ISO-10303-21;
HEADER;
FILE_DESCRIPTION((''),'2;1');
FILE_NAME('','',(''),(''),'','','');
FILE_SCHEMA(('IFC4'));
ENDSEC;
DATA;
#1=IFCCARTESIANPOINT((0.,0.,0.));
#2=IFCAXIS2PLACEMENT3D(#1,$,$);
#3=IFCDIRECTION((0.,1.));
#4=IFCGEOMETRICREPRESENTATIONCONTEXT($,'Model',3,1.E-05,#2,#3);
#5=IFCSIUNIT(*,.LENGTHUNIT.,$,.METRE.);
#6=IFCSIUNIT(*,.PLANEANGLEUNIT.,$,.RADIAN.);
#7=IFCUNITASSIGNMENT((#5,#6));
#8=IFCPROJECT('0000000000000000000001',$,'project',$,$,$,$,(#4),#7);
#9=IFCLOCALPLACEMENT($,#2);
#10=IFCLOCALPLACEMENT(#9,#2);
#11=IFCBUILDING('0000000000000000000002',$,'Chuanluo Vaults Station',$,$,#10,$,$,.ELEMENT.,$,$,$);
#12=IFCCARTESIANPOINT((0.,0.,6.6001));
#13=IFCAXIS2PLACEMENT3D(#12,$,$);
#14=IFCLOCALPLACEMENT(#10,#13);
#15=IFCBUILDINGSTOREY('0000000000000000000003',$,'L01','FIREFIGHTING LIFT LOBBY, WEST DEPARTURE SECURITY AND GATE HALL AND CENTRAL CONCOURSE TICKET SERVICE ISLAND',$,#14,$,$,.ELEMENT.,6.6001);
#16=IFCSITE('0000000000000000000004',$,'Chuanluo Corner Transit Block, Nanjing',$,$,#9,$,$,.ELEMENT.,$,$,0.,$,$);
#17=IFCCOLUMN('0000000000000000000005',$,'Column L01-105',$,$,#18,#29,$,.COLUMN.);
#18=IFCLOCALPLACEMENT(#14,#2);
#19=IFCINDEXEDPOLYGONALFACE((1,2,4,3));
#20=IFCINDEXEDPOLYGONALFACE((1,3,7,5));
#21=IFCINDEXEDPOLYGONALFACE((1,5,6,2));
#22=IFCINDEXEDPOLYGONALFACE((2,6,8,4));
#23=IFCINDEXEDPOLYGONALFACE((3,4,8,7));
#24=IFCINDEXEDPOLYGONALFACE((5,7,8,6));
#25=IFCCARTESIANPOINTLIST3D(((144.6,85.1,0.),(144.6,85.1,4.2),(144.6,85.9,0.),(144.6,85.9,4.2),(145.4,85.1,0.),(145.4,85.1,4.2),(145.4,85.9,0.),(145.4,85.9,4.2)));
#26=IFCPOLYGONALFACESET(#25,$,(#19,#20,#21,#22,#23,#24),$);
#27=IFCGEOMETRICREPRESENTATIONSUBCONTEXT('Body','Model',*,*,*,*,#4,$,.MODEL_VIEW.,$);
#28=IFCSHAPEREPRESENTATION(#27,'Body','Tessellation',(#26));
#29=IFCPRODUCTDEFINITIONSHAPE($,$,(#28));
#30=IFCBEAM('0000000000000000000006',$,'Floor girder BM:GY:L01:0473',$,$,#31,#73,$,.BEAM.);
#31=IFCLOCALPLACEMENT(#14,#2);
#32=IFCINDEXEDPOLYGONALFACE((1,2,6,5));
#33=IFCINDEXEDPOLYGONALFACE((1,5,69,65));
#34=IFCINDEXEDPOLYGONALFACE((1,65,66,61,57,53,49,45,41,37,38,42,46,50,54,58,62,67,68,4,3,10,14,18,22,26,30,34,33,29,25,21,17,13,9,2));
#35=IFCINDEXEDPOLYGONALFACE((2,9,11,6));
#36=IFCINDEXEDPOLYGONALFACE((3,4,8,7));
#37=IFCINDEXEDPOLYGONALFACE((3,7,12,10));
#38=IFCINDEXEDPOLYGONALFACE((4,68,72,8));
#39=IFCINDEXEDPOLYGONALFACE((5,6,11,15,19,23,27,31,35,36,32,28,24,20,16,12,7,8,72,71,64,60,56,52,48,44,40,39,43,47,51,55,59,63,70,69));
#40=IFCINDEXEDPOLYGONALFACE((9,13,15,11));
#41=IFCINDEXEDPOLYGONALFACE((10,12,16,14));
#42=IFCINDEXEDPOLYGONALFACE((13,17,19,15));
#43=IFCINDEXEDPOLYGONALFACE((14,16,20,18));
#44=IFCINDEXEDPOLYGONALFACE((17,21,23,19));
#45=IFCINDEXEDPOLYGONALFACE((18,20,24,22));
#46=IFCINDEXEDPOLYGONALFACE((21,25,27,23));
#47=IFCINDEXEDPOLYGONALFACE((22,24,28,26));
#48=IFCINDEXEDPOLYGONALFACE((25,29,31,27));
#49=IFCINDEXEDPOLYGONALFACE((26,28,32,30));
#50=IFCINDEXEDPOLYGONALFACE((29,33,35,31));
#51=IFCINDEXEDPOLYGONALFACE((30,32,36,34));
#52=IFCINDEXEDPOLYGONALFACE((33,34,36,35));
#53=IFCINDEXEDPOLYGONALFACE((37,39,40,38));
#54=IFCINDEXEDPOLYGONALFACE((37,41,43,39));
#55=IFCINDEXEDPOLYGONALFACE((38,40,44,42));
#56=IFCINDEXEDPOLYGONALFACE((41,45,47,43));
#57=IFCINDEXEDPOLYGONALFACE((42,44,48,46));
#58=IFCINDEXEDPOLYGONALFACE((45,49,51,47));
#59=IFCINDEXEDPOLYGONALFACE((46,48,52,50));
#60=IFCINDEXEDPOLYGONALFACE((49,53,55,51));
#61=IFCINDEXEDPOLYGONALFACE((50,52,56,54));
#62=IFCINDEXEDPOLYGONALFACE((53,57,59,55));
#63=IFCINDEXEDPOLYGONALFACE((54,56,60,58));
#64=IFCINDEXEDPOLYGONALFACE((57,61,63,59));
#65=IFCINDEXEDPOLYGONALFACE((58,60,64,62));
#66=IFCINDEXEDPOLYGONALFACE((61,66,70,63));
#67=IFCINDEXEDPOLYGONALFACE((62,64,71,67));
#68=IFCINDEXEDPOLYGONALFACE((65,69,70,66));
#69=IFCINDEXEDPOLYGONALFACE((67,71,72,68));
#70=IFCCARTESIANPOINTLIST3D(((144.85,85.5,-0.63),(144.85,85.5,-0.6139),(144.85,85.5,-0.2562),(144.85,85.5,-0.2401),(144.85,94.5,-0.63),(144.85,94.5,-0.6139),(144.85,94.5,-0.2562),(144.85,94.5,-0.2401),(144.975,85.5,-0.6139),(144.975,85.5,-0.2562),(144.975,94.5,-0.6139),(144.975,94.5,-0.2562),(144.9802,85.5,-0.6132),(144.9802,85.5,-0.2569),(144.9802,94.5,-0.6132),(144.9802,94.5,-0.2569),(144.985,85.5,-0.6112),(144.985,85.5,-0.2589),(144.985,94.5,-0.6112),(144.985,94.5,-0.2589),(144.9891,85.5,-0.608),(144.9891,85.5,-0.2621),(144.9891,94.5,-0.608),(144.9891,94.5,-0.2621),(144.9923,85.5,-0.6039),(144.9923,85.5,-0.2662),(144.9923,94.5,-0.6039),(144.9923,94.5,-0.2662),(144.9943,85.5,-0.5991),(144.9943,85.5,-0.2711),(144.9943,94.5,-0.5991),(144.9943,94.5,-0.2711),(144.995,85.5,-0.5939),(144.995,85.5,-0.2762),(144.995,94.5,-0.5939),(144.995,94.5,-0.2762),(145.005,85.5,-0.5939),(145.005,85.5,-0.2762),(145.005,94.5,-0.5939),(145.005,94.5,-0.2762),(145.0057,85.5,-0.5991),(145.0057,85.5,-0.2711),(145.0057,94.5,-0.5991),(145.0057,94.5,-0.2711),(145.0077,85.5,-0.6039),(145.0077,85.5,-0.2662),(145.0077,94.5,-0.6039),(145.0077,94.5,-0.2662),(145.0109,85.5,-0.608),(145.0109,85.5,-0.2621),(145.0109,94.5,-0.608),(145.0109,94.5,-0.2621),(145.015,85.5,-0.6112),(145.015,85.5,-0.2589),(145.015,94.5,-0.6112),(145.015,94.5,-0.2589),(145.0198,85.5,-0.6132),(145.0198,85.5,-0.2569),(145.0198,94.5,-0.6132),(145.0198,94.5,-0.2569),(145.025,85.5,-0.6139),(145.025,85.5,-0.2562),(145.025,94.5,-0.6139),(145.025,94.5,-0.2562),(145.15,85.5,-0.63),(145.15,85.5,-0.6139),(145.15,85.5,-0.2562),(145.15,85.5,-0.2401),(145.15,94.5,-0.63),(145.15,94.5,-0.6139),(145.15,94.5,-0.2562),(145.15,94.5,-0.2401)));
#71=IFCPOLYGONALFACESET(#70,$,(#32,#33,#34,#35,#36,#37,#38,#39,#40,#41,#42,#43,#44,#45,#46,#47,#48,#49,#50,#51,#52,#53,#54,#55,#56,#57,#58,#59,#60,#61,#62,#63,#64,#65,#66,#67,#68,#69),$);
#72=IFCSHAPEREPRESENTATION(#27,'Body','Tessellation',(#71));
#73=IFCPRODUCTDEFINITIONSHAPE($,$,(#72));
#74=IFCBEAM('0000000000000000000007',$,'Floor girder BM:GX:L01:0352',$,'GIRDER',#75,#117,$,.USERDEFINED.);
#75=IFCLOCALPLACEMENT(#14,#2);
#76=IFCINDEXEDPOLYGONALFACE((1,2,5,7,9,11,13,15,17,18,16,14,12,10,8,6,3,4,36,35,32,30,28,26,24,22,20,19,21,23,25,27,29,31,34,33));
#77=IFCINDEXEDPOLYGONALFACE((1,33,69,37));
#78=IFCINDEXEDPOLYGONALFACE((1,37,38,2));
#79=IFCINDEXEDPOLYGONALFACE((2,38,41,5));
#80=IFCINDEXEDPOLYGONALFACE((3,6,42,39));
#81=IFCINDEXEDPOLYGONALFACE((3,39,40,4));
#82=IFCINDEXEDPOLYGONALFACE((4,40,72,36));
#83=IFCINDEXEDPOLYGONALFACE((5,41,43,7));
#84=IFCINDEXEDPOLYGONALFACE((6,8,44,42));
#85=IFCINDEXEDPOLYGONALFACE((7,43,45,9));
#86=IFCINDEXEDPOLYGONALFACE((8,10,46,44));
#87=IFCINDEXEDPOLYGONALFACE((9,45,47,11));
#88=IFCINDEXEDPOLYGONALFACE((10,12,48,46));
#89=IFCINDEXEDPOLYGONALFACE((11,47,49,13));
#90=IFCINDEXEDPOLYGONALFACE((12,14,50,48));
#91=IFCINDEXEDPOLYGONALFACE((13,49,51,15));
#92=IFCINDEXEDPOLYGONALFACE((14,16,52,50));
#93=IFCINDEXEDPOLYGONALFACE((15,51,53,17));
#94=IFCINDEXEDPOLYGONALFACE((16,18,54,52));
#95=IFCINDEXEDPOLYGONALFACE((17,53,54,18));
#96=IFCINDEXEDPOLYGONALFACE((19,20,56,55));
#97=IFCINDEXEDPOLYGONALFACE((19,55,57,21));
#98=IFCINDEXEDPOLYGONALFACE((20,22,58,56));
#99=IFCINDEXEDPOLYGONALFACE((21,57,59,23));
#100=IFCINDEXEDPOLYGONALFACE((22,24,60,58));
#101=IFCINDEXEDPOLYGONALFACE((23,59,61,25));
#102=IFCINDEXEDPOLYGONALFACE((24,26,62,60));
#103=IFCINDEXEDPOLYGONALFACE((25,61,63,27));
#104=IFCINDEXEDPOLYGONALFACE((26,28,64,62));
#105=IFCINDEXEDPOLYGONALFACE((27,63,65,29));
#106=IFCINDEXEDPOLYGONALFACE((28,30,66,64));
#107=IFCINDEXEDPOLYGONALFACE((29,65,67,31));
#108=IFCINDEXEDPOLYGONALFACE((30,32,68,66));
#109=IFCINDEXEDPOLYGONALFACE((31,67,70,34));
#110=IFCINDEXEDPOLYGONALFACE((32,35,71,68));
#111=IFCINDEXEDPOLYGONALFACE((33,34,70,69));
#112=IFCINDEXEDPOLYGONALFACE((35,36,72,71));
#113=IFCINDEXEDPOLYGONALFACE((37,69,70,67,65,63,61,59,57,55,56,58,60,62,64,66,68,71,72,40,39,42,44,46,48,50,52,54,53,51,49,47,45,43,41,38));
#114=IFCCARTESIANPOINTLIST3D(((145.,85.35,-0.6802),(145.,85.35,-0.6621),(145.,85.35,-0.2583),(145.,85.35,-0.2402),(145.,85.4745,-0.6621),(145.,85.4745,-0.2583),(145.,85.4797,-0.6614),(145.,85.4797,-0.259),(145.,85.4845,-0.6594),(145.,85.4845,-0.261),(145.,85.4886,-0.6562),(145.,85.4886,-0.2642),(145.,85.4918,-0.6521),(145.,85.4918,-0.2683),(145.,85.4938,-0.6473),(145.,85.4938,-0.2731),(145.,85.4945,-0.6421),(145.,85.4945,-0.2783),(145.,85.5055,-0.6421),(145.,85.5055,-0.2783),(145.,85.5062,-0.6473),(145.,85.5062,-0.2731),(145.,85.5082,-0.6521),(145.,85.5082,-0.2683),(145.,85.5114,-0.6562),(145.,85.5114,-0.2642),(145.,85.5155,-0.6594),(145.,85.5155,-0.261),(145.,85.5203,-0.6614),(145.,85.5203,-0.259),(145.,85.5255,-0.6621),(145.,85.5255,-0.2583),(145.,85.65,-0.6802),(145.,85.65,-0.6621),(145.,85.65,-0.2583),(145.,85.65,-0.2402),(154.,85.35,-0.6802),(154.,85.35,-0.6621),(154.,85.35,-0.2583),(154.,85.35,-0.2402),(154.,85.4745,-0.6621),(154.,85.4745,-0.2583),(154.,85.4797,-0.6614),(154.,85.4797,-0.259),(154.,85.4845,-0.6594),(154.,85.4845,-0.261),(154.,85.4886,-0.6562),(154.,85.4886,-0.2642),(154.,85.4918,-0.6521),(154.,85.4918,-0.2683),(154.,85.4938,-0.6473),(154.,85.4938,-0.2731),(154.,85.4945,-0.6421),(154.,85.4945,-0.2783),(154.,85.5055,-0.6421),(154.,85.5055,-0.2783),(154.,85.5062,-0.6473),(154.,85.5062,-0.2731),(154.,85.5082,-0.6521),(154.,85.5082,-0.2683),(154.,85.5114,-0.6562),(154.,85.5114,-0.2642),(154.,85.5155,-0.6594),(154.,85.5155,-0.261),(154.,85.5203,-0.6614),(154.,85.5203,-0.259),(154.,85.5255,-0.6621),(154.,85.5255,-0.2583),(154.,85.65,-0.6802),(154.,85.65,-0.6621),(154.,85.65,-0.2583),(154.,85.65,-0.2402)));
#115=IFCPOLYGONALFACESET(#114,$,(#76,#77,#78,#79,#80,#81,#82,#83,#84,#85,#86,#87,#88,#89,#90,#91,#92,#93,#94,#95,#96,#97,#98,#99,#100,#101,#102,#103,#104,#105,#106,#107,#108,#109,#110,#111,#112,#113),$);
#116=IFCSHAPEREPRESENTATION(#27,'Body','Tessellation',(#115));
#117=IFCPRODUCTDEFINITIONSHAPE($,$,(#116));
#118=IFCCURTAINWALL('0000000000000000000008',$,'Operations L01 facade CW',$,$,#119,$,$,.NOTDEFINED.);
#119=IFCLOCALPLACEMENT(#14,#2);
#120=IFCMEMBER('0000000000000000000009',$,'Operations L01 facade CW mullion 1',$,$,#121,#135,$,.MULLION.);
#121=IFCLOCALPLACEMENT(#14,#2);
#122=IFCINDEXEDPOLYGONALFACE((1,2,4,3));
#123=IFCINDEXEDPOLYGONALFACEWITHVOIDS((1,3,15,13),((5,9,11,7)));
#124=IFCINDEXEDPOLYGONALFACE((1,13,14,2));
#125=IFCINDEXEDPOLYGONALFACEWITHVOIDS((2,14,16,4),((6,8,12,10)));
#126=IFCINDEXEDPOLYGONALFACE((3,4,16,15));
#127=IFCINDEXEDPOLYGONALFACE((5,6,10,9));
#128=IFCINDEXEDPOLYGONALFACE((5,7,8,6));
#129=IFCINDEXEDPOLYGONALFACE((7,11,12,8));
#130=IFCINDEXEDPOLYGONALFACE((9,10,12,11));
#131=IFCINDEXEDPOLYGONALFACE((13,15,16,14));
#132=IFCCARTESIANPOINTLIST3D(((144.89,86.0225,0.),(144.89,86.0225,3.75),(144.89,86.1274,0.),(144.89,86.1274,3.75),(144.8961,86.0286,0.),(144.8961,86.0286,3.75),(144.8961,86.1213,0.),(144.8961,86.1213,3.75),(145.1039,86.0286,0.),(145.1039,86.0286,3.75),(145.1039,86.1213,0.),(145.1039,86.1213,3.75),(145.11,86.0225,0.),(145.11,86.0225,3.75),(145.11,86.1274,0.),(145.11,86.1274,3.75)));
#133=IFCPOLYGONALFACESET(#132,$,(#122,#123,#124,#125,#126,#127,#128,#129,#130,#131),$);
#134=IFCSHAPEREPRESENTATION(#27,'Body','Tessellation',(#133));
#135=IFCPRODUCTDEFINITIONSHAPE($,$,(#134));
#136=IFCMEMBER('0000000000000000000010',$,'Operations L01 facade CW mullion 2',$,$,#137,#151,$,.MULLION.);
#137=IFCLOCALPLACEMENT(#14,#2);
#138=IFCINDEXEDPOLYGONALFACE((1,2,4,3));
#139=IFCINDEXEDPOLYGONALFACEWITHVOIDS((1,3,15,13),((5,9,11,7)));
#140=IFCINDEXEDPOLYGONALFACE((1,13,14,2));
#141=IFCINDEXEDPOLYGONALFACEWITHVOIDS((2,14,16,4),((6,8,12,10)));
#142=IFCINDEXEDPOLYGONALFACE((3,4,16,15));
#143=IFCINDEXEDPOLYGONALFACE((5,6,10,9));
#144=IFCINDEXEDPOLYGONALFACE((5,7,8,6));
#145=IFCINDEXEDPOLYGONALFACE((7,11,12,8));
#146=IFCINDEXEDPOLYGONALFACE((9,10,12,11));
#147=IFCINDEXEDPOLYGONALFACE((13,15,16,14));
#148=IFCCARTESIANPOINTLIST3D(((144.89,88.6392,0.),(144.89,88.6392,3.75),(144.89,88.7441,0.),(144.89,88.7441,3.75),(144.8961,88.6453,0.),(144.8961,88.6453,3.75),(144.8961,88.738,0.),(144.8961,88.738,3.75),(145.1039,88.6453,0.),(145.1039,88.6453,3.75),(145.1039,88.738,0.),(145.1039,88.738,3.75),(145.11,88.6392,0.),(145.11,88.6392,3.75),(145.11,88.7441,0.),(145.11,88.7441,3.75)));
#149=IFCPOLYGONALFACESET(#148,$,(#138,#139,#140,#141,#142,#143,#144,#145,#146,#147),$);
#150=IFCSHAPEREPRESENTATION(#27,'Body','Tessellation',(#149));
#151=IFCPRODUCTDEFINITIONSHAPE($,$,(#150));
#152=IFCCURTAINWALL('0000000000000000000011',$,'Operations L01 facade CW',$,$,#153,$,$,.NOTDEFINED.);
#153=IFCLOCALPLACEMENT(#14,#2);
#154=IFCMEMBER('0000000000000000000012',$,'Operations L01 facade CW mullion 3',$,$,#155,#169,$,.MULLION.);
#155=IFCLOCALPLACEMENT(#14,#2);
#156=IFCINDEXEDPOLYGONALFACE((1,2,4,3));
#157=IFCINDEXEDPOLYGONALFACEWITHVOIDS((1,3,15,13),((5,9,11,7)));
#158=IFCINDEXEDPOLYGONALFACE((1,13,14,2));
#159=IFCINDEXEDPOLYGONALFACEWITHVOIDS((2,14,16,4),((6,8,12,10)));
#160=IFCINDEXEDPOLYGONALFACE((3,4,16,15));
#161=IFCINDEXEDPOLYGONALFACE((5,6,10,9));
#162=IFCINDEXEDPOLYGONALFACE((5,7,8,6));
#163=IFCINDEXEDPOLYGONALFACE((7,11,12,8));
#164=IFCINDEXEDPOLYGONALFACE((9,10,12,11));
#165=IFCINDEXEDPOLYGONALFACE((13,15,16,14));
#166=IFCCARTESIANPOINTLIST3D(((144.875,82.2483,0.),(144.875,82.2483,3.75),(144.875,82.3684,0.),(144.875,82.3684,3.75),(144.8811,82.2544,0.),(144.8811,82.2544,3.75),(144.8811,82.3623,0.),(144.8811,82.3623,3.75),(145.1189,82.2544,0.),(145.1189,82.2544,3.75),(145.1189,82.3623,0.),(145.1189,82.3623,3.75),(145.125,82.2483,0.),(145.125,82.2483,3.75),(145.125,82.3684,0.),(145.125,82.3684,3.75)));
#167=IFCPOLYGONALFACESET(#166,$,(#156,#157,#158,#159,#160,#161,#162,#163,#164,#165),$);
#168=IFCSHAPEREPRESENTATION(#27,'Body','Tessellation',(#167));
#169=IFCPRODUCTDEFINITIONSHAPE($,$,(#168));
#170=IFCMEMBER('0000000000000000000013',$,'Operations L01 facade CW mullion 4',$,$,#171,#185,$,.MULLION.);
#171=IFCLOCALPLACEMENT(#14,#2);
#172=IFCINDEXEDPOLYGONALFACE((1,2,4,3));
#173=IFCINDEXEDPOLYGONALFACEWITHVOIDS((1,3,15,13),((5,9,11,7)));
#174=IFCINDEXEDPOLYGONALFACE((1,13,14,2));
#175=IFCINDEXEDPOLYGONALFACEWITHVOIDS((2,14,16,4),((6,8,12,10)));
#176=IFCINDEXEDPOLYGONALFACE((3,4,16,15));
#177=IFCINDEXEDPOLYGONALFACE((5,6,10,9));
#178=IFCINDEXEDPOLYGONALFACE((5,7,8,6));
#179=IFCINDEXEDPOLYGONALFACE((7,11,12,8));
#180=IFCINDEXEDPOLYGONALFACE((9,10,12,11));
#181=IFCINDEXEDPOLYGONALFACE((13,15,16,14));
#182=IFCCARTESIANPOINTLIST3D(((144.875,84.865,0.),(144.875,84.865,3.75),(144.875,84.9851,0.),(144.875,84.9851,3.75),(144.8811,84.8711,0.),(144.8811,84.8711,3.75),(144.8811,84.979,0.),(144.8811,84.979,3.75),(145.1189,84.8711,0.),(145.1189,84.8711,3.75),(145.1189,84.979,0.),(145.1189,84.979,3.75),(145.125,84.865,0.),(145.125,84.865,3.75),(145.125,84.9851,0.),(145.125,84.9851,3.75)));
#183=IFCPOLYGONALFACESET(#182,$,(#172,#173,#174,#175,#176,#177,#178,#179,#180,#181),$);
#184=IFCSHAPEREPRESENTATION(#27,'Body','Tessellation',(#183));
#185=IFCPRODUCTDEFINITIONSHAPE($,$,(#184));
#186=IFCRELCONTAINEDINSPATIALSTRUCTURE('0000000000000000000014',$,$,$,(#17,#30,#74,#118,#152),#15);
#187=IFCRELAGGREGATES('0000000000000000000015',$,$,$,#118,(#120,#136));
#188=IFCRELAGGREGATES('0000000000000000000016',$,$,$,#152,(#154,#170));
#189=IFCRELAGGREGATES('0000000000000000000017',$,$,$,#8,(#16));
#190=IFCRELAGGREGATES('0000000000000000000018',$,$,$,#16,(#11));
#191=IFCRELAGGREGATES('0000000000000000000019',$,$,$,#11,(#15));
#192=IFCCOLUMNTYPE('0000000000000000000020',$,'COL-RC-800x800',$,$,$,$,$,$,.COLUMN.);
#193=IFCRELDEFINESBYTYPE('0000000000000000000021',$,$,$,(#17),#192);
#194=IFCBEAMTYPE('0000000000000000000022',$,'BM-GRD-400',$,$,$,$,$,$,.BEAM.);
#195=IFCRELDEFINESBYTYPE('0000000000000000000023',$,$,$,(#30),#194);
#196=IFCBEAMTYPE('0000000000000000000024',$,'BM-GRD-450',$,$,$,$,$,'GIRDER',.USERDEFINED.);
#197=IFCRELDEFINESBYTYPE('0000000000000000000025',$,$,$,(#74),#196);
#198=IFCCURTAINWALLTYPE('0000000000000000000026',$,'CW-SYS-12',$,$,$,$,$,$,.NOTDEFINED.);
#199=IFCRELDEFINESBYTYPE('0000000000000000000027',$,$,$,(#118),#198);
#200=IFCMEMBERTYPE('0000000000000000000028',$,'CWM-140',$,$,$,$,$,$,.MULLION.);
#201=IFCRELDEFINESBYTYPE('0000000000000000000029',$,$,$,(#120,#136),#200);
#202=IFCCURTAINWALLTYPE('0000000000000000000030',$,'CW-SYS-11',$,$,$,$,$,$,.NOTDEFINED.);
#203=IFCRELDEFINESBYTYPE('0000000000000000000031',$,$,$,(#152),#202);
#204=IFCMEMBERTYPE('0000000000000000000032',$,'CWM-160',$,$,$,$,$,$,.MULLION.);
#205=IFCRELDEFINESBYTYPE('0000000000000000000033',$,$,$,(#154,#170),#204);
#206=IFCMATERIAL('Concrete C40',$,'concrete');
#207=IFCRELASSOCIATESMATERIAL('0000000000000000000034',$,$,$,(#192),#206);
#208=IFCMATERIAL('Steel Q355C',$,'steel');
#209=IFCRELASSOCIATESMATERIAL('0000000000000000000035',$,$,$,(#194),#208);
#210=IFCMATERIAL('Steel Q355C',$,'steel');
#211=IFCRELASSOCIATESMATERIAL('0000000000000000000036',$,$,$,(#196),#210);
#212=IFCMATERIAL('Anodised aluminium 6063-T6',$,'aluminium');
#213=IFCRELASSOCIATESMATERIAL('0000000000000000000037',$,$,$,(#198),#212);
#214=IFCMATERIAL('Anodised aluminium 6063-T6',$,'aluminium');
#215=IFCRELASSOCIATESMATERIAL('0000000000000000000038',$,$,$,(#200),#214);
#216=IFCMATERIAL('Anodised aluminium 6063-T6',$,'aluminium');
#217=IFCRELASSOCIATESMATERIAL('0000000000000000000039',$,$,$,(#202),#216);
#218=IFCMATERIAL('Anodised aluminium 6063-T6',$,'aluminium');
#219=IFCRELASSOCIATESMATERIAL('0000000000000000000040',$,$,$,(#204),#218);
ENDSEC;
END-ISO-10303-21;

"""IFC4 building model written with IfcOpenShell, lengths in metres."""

from ifc_helpers import new_model, si_unit, direction, frame, origin, origin_2d, place, context, subcontext, project, spatial, rectangle, hollow_rectangle, i_section, extrude, material, material_profile, profile_set, type_object, element, aggregate, save


model = new_model("IFC4")

# Units and contexts
model_context = context("Model", 3, precision=1e-05, world=origin(), true_north=direction((0.0, 1.0)))
body_context = subcontext(model_context, "Body", "Model", "MODEL_VIEW")
ifc_project = project(units=[si_unit("LENGTHUNIT", "METRE"), si_unit("PLANEANGLEUNIT", "RADIAN")], contexts=[model_context])

# Site, building, storey
site_placement = place(None, origin())
site = spatial("IfcSite", under=ifc_project, at=site_placement, Name="Chuanluo Corner Transit Block, Nanjing", CompositionType="ELEMENT", RefElevation=0.0)
building_placement = place(site_placement, origin())
building = spatial("IfcBuilding", under=site, at=building_placement, Name="Chuanluo Vaults Station", CompositionType="ELEMENT")
storey_placement = place(building_placement, frame((0.0, 0.0, 6.6001)))
storey = spatial("IfcBuildingStorey", under=building, at=storey_placement, Name="L01", Description="FIREFIGHTING LIFT LOBBY, WEST DEPARTURE SECURITY AND GATE HALL AND CENTRAL CONCOURSE TICKET SERVICE ISLAND", CompositionType="ELEMENT", Elevation=6.6001)

# Column
ifc_material_1 = material(Name="Concrete C40", Category="concrete")
ifc_material_profile_1 = material_profile(ifc_material_1, rectangle(XDim=0.8, YDim=0.8, at=origin_2d()))
ifc_profile_set_1 = profile_set([ifc_material_profile_1], Name="Concrete C40")
column_type = type_object("IfcColumnType", Name="COL-RC-800x800", PredefinedType="COLUMN", material=ifc_profile_set_1)
column_placement = place(storey_placement, frame((145.0, 85.5, 0.0), z_axis=(0.0, 0.0, 1.0), x_axis=(1.0, 0.0, 0.0)))
element("IfcColumn", 1, at=column_placement, inside=storey, type_object=column_type, Name="Column L01-105", PredefinedType="COLUMN", context=body_context, shape_type="SweptSolid", body=[
    extrude(rectangle(XDim=0.8, YDim=0.8, at=origin_2d()), origin(), (0.0, 0.0, 1.0), 4.2),
])

# Beams
ifc_material_2 = material(Name="Steel Q355C", Category="steel")
ifc_material_profile_2 = material_profile(ifc_material_2, i_section(OverallWidth=0.3, OverallDepth=0.3899, WebThickness=0.01, FlangeThickness=0.0161, FilletRadius=0.02, at=origin_2d()))
ifc_profile_set_2 = profile_set([ifc_material_profile_2], Name="Steel Q355C")
beam_type_1 = type_object("IfcBeamType", Name="BM-GRD-400", PredefinedType="BEAM", material=ifc_profile_set_2)
beam_1_placement = place(storey_placement, frame((145.0, 85.5, -0.4351), z_axis=(0.0, 1.0, 0.0), x_axis=(-1.0, 0.0, 0.0)))
element("IfcBeam", 2, at=beam_1_placement, inside=storey, type_object=beam_type_1, Name="Floor girder BM:GY:L01:0473", PredefinedType="BEAM", context=body_context, shape_type="SweptSolid", body=[
    extrude(i_section(OverallWidth=0.3, OverallDepth=0.3899, WebThickness=0.01, FlangeThickness=0.0161, FilletRadius=0.02, at=origin_2d()), origin(), (0.0, 0.0, 1.0), 9.0),
])
ifc_material_3 = material(Name="Steel Q355C", Category="steel")
ifc_material_profile_3 = material_profile(ifc_material_3, i_section(OverallWidth=0.3, OverallDepth=0.4399, WebThickness=0.011, FlangeThickness=0.0181, FilletRadius=0.02, at=origin_2d()))
ifc_profile_set_3 = profile_set([ifc_material_profile_3], Name="Steel Q355C")
beam_type_2 = type_object("IfcBeamType", Name="BM-GRD-450", ElementType="GIRDER", PredefinedType="USERDEFINED", material=ifc_profile_set_3)
beam_2_placement = place(storey_placement, frame((145.0, 85.5, -0.4602), z_axis=(1.0, 0.0, 0.0), x_axis=(0.0, 1.0, 0.0)))
element("IfcBeam", 3, at=beam_2_placement, inside=storey, type_object=beam_type_2, Name="Floor girder BM:GX:L01:0352", ObjectType="GIRDER", PredefinedType="USERDEFINED", context=body_context, shape_type="SweptSolid", body=[
    extrude(i_section(OverallWidth=0.3, OverallDepth=0.4399, WebThickness=0.011, FlangeThickness=0.0181, FilletRadius=0.02, at=origin_2d()), origin(), (0.0, 0.0, 1.0), 9.0),
])

# Curtain walls, members
ifc_material_4 = material(Name="Anodised aluminium 6063-T6", Category="aluminium")
curtain_wall_type_1 = type_object("IfcCurtainWallType", Name="CW-SYS-12", PredefinedType="NOTDEFINED", material=ifc_material_4)
curtain_wall_1_placement = place(storey_placement, origin())
curtain_wall_1 = element("IfcCurtainWall", 4, at=curtain_wall_1_placement, inside=storey, type_object=curtain_wall_type_1, Name="Operations L01 facade CW", PredefinedType="NOTDEFINED")
ifc_material_5 = material(Name="Anodised aluminium 6063-T6", Category="aluminium")
ifc_material_profile_4 = material_profile(ifc_material_5, hollow_rectangle(XDim=0.105, YDim=0.22, WallThickness=0.0061, at=origin_2d()))
ifc_profile_set_4 = profile_set([ifc_material_profile_4], Name="Anodised aluminium 6063-T6")
member_type_1 = type_object("IfcMemberType", Name="CWM-140", PredefinedType="MULLION", material=ifc_profile_set_4)
member_1_placement = place(storey_placement, frame((145.0, 86.075, 0.0), z_axis=(0.0, 0.0, 1.0), x_axis=(0.0, 1.0, 0.0)))
member_1 = element("IfcMember", 5, at=member_1_placement, type_object=member_type_1, Name="Operations L01 facade CW mullion 1", PredefinedType="MULLION", context=body_context, shape_type="SweptSolid", body=[
    extrude(hollow_rectangle(XDim=0.105, YDim=0.22, WallThickness=0.0061, at=origin_2d()), origin(), (0.0, 0.0, 1.0), 3.75),
])
member_2_placement = place(storey_placement, frame((145.0, 88.6917, 0.0), z_axis=(0.0, 0.0, 1.0), x_axis=(0.0, 1.0, 0.0)))
member_2 = element("IfcMember", 6, at=member_2_placement, type_object=member_type_1, Name="Operations L01 facade CW mullion 2", PredefinedType="MULLION", context=body_context, shape_type="SweptSolid", body=[
    extrude(hollow_rectangle(XDim=0.105, YDim=0.22, WallThickness=0.0061, at=origin_2d()), origin(), (0.0, 0.0, 1.0), 3.75),
])
ifc_material_6 = material(Name="Anodised aluminium 6063-T6", Category="aluminium")
curtain_wall_type_2 = type_object("IfcCurtainWallType", Name="CW-SYS-11", PredefinedType="NOTDEFINED", material=ifc_material_6)
curtain_wall_2_placement = place(storey_placement, origin())
curtain_wall_2 = element("IfcCurtainWall", 7, at=curtain_wall_2_placement, inside=storey, type_object=curtain_wall_type_2, Name="Operations L01 facade CW", PredefinedType="NOTDEFINED")
ifc_material_7 = material(Name="Anodised aluminium 6063-T6", Category="aluminium")
ifc_material_profile_5 = material_profile(ifc_material_7, hollow_rectangle(XDim=0.1201, YDim=0.25, WallThickness=0.0061, at=origin_2d()))
ifc_profile_set_5 = profile_set([ifc_material_profile_5], Name="Anodised aluminium 6063-T6")
member_type_2 = type_object("IfcMemberType", Name="CWM-160", PredefinedType="MULLION", material=ifc_profile_set_5)
member_3_placement = place(storey_placement, frame((145.0, 82.3083, 0.0), z_axis=(0.0, 0.0, 1.0), x_axis=(0.0, 1.0, 0.0)))
member_3 = element("IfcMember", 8, at=member_3_placement, type_object=member_type_2, Name="Operations L01 facade CW mullion 3", PredefinedType="MULLION", context=body_context, shape_type="SweptSolid", body=[
    extrude(hollow_rectangle(XDim=0.1201, YDim=0.25, WallThickness=0.0061, at=origin_2d()), origin(), (0.0, 0.0, 1.0), 3.75),
])
member_4_placement = place(storey_placement, frame((145.0, 84.925, 0.0), z_axis=(0.0, 0.0, 1.0), x_axis=(0.0, 1.0, 0.0)))
member_4 = element("IfcMember", 9, at=member_4_placement, type_object=member_type_2, Name="Operations L01 facade CW mullion 4", PredefinedType="MULLION", context=body_context, shape_type="SweptSolid", body=[
    extrude(hollow_rectangle(XDim=0.1201, YDim=0.25, WallThickness=0.0061, at=origin_2d()), origin(), (0.0, 0.0, 1.0), 3.75),
])

aggregate(curtain_wall_1, [member_1, member_2])
aggregate(curtain_wall_2, [member_3, member_4])

save(model, "model.ifc")
